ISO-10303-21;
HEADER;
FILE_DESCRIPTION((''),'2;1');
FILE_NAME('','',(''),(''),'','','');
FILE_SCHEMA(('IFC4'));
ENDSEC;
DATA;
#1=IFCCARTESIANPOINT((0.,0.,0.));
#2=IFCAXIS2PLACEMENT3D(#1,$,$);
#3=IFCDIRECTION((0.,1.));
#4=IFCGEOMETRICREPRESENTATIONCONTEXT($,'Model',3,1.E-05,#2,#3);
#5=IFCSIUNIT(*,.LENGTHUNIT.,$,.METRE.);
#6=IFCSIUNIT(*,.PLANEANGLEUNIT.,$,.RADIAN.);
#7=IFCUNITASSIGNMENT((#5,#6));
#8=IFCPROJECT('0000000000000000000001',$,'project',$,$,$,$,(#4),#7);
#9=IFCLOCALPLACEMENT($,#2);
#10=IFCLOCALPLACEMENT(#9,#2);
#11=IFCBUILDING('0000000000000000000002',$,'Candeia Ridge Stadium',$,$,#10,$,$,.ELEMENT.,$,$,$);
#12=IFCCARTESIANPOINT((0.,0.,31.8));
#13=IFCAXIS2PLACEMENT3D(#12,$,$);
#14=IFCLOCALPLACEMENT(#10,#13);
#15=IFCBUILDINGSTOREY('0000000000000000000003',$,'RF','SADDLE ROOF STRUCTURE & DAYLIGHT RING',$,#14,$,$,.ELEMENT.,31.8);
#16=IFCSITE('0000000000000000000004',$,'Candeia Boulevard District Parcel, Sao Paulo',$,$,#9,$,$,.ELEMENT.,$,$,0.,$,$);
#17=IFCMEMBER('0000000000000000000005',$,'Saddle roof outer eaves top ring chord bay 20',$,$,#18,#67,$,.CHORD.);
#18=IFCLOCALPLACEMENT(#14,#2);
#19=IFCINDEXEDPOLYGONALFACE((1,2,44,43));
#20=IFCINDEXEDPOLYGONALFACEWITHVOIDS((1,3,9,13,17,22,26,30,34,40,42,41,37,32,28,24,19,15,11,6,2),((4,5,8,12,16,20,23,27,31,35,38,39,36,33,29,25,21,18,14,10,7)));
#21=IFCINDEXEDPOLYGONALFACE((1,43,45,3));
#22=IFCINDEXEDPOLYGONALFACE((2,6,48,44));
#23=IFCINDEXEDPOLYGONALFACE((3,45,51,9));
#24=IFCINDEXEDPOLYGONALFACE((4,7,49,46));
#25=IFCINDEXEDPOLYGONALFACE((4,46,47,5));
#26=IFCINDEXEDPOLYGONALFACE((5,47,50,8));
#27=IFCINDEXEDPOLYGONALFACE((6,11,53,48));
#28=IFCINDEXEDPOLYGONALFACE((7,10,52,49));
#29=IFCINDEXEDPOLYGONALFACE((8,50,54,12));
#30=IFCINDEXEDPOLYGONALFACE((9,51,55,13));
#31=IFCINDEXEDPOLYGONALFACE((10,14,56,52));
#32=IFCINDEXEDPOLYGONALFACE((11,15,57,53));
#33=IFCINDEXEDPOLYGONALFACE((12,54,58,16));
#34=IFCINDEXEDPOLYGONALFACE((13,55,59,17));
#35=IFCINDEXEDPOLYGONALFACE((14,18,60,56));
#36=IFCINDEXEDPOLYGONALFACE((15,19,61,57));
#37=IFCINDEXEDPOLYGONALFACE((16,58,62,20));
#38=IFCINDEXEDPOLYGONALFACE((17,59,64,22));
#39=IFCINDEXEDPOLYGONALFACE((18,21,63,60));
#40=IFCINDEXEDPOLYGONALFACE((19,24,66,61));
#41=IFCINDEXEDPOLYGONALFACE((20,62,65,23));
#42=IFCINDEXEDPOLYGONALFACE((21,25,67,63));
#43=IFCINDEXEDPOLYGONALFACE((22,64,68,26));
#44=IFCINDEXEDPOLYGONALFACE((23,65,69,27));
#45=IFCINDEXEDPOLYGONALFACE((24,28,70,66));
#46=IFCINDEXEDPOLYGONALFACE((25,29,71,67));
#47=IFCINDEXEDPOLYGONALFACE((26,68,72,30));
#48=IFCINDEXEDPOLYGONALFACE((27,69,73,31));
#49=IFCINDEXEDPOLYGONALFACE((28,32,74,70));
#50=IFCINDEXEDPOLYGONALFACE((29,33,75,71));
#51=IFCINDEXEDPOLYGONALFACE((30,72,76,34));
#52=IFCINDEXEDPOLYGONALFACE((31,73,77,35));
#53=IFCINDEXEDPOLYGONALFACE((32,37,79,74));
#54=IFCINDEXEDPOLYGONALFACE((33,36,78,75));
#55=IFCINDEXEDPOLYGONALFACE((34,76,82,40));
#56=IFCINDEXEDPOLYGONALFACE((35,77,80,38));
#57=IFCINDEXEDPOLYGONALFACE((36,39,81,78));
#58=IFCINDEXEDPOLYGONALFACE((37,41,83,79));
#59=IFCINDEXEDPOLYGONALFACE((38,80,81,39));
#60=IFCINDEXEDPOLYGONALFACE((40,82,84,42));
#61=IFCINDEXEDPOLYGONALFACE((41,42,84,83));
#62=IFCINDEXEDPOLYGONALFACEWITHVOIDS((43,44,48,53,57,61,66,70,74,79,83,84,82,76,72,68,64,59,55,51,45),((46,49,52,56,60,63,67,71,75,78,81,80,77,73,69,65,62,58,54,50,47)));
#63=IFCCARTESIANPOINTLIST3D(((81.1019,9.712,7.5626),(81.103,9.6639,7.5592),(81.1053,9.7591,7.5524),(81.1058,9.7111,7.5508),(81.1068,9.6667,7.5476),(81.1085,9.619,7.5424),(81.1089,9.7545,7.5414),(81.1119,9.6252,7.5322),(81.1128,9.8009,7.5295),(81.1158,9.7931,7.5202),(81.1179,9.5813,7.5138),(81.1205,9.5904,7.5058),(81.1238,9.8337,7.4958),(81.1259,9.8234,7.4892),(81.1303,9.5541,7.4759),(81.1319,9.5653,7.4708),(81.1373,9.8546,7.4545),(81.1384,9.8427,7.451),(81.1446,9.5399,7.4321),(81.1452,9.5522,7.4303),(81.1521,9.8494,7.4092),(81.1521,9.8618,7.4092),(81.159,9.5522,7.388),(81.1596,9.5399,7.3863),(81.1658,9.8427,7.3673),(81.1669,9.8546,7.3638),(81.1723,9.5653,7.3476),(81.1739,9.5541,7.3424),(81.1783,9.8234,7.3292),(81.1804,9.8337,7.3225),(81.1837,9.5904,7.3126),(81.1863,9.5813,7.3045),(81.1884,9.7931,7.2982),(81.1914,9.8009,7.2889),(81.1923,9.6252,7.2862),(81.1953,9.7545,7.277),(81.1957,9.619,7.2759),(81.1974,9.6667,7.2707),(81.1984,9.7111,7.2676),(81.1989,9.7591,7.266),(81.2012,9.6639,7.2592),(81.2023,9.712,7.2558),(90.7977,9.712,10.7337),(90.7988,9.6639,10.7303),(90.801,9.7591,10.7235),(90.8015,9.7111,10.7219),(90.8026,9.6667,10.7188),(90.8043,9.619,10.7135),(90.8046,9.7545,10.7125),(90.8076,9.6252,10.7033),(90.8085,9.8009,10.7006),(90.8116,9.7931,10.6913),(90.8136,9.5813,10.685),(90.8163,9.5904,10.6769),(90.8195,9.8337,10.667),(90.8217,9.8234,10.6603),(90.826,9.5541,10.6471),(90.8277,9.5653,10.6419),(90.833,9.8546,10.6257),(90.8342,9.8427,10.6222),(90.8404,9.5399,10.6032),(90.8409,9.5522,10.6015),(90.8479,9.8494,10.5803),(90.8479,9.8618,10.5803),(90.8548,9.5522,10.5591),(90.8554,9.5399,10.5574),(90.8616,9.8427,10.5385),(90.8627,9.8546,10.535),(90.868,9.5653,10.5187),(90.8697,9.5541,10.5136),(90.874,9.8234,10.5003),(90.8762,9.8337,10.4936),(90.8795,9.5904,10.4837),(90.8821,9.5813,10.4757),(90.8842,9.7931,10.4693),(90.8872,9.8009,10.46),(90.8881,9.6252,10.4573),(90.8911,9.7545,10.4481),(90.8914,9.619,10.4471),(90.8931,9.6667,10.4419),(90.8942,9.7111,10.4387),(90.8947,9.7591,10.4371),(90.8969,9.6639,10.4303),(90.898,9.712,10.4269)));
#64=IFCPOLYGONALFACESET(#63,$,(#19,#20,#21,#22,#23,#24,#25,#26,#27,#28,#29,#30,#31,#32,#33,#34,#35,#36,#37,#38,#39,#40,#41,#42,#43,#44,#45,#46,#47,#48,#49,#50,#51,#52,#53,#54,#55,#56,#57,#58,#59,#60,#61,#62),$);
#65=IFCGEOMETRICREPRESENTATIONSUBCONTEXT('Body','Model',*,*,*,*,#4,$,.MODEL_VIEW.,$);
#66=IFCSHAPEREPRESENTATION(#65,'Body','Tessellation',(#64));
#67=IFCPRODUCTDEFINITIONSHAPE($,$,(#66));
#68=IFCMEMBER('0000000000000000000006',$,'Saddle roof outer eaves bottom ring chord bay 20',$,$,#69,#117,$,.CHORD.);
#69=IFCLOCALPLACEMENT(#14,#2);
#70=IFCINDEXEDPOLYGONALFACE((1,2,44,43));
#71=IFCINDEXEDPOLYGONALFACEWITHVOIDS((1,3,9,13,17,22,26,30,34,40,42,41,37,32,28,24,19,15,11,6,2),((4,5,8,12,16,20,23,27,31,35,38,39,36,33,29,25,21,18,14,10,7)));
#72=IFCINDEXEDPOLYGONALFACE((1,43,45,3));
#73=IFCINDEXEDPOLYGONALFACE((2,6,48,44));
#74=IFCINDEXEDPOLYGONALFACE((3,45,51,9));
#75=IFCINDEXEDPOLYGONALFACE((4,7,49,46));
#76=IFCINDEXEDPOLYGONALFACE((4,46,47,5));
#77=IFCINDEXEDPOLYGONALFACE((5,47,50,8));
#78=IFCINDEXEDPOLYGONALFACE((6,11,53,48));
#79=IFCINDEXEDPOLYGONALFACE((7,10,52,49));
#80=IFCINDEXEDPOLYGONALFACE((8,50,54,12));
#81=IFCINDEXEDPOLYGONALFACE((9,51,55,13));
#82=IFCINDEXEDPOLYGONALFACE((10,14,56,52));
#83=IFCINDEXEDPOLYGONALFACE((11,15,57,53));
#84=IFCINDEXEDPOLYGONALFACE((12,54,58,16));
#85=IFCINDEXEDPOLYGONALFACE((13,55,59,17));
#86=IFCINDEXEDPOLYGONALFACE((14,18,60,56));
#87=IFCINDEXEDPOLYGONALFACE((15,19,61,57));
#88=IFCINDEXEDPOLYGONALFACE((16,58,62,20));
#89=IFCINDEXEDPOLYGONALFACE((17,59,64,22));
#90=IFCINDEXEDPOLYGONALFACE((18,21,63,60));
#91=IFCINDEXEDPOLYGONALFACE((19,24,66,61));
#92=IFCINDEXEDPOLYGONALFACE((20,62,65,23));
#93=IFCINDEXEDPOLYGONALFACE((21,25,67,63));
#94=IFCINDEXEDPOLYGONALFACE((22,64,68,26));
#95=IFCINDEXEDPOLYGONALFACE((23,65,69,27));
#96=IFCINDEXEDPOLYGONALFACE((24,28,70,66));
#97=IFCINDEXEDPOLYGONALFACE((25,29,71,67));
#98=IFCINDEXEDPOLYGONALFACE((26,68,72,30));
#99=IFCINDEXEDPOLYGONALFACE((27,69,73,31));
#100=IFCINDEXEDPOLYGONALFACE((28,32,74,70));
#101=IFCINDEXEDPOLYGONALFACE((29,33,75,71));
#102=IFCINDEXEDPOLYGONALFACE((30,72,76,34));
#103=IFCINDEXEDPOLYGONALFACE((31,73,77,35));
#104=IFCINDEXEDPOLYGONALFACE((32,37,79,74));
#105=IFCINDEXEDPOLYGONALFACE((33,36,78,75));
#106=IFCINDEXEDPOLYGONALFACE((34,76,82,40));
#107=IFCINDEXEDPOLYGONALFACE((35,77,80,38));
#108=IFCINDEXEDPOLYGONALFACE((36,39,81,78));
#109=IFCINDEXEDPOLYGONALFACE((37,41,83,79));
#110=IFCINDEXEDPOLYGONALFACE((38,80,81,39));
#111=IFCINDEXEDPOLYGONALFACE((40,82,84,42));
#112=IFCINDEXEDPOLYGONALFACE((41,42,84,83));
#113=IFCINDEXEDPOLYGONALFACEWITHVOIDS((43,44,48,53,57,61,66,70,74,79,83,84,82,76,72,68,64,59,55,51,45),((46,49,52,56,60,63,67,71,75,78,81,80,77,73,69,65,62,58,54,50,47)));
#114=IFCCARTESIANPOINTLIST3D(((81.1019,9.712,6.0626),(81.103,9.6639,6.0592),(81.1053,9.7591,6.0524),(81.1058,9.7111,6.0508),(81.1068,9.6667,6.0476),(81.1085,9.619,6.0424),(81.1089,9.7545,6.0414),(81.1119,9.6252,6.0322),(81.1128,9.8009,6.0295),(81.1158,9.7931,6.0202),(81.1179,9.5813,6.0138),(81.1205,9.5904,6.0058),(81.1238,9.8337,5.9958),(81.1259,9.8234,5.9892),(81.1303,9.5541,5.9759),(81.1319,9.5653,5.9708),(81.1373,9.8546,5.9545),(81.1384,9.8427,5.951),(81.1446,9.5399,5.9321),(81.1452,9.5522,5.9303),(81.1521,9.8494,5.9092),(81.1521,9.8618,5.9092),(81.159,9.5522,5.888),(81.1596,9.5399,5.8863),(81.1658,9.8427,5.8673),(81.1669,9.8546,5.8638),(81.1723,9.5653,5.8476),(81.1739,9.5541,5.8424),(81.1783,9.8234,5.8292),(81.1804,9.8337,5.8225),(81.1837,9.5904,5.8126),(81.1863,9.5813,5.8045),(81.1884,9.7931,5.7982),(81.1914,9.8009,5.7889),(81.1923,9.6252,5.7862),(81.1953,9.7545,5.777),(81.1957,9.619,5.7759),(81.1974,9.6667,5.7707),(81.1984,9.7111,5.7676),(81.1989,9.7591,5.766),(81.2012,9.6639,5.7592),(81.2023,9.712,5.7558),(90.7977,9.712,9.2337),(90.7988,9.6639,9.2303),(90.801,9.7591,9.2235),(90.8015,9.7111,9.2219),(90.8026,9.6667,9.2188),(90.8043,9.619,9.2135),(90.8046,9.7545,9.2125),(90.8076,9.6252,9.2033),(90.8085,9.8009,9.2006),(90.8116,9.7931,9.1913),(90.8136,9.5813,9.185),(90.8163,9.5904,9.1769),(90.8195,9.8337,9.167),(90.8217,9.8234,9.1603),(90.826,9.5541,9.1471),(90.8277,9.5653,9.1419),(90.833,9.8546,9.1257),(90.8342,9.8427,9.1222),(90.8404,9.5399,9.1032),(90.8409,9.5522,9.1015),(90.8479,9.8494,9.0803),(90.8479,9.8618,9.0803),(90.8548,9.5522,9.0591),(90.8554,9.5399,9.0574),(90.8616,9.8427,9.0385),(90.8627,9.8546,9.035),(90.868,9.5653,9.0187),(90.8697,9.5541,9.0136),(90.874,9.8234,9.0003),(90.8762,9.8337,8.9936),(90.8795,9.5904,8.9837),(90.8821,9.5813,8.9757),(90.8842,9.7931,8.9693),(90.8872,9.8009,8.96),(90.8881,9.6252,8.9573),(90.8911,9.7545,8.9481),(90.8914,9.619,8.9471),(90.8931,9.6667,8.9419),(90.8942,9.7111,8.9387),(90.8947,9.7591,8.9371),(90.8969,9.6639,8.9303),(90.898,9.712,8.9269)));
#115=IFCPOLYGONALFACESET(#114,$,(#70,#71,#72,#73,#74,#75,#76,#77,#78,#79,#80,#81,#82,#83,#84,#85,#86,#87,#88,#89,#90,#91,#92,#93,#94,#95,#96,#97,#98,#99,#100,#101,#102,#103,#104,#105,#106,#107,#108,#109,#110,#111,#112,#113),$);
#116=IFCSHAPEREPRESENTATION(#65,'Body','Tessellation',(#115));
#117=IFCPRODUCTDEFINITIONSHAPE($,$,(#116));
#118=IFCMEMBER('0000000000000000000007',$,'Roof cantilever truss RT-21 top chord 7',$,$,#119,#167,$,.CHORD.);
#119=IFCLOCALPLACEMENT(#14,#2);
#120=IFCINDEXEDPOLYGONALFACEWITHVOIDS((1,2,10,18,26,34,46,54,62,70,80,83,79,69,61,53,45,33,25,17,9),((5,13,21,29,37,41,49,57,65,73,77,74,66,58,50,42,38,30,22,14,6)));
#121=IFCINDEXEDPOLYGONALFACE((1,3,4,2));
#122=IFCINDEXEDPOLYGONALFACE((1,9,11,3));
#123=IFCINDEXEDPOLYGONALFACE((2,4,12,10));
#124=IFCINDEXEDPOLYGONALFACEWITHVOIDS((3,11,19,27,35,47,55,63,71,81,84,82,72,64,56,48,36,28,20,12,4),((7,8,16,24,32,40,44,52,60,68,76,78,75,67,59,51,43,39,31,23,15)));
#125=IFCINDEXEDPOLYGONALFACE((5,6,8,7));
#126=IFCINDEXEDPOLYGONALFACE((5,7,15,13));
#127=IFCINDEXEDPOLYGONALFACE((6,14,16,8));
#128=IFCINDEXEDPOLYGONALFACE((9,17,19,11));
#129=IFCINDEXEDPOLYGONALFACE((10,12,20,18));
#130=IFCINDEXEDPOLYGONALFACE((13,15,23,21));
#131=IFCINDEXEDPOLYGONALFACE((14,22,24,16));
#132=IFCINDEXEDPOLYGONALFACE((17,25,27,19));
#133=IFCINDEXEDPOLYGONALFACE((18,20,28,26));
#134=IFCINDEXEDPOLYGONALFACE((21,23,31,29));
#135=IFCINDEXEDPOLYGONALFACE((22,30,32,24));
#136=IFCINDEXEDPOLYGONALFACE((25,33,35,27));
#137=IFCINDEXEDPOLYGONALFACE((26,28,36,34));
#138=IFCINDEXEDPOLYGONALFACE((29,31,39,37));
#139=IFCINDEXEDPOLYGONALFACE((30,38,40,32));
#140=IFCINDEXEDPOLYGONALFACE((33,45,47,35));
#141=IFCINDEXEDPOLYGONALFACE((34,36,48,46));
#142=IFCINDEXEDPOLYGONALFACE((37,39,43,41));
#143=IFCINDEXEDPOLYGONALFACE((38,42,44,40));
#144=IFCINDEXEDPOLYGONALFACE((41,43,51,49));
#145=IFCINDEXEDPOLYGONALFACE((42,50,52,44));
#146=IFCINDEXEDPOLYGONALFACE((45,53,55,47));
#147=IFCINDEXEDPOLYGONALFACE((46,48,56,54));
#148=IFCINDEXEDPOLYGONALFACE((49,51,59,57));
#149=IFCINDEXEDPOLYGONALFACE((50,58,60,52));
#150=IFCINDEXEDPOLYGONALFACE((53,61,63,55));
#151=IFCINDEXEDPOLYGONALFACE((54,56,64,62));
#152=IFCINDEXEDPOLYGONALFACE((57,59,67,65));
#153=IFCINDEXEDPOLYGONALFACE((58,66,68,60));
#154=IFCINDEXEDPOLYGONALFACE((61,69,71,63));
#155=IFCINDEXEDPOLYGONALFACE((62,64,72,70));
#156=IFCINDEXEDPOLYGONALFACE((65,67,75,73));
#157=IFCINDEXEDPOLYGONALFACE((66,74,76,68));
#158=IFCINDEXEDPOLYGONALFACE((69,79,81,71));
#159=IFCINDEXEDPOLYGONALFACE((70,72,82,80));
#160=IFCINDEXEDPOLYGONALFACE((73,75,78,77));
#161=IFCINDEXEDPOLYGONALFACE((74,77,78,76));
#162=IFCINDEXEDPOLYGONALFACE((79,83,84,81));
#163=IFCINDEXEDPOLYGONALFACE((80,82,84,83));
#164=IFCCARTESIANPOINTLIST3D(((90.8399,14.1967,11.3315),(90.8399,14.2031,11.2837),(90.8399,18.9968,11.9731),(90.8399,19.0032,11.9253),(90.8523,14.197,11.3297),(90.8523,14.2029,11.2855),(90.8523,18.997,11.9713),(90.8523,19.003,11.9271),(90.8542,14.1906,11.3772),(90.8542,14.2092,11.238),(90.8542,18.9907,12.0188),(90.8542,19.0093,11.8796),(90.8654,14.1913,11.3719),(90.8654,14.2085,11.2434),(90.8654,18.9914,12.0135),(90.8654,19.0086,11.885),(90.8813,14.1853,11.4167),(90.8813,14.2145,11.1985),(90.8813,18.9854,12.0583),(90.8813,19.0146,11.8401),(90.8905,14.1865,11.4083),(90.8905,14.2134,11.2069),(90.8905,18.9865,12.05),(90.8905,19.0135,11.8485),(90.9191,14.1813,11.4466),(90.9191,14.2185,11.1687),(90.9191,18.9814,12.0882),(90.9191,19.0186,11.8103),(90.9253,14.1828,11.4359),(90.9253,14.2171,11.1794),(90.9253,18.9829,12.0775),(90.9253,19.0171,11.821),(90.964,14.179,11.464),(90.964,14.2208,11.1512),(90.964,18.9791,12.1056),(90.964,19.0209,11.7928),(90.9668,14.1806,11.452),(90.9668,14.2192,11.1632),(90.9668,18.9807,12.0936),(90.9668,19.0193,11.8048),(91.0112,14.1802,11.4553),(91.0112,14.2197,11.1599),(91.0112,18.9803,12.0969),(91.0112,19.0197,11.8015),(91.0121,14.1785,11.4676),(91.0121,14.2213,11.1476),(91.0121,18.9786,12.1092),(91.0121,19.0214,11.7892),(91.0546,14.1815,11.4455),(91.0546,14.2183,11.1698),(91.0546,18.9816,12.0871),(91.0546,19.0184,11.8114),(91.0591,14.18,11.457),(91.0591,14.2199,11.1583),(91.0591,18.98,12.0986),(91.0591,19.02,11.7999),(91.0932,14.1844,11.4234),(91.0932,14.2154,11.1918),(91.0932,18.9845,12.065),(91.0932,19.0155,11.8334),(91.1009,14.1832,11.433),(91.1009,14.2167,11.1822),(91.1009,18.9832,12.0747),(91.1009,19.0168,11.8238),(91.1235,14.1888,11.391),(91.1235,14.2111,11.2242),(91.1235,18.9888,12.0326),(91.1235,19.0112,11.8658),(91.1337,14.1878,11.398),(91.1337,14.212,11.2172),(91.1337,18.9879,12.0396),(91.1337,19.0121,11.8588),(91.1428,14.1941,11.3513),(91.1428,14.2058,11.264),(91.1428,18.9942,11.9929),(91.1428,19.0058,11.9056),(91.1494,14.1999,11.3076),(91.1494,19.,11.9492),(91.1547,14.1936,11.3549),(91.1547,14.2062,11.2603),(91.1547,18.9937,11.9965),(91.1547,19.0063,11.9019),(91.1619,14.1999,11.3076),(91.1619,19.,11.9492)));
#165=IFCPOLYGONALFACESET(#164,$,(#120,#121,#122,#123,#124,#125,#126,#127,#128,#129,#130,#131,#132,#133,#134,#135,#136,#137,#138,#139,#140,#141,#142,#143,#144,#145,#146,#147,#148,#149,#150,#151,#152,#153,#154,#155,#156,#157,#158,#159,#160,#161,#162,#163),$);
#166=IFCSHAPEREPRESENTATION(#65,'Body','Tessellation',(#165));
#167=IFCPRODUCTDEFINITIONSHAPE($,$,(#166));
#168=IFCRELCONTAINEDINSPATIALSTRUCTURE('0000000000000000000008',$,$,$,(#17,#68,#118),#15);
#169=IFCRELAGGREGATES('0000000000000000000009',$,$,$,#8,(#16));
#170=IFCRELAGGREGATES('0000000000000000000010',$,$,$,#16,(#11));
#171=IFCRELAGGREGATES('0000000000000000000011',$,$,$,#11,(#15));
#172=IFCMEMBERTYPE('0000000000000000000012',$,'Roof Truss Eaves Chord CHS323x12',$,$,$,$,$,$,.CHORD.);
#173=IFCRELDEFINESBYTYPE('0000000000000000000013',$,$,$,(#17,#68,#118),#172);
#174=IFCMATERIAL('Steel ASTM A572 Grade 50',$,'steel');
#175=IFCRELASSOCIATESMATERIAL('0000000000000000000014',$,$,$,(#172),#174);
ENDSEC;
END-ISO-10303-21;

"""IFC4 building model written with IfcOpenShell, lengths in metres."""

from ifc_helpers import new_model, si_unit, direction, frame, origin, origin_2d, place, context, subcontext, project, spatial, hollow_circle, extrude, material, material_profile, profile_set, type_object, element, save


model = new_model("IFC4")

# Units and contexts
model_context = context("Model", 3, precision=1e-05, world=origin(), true_north=direction((0.0, 1.0)))
body_context = subcontext(model_context, "Body", "Model", "MODEL_VIEW")
ifc_project = project(units=[si_unit("LENGTHUNIT", "METRE"), si_unit("PLANEANGLEUNIT", "RADIAN")], contexts=[model_context])

# Site, building, storey
site_placement = place(None, origin())
site = spatial("IfcSite", under=ifc_project, at=site_placement, Name="Candeia Boulevard District Parcel, Sao Paulo", CompositionType="ELEMENT", RefElevation=0.0)
building_placement = place(site_placement, origin())
building = spatial("IfcBuilding", under=site, at=building_placement, Name="Candeia Ridge Stadium", CompositionType="ELEMENT")
storey_placement = place(building_placement, frame((0.0, 0.0, 31.8)))
storey = spatial("IfcBuildingStorey", under=building, at=storey_placement, Name="RF", Description="SADDLE ROOF STRUCTURE & DAYLIGHT RING", CompositionType="ELEMENT", Elevation=31.8)

# Shared definitions
ifc_material_1 = material(Name="Steel ASTM A572 Grade 50", Category="steel")

# Members
ifc_material_profile_1 = material_profile(ifc_material_1, hollow_circle(Radius=0.1619, WallThickness=0.0125, at=origin_2d()), Name="CHS323x12", Category="steel")
ifc_profile_set_1 = profile_set([ifc_material_profile_1], Name="Steel ASTM A572 Grade 50")
member_type_1 = type_object("IfcMemberType", Name="Roof Truss Eaves Chord CHS323x12", PredefinedType="CHORD", material=ifc_profile_set_1)
for number, where, z_axis, x_axis, name in (
    (1, (81.1521, 9.7, 7.4092), (0.950456, 0.0, 0.310859), (0.0, 1.0, 0.0), "Saddle roof outer eaves top ring chord bay 20"),
    (2, (81.1521, 9.7, 5.9092), (0.950456, 0.0, 0.310859), (0.0, 1.0, 0.0), "Saddle roof outer eaves bottom ring chord bay 20"),
):
    element("IfcMember", number, at=place(storey_placement, frame(where, z_axis=z_axis, x_axis=x_axis)), inside=storey, type_object=member_type_1, Name=name, PredefinedType="CHORD", context=body_context, shape_type="SweptSolid", body=[
        extrude(hollow_circle(Radius=0.1619, WallThickness=0.0125, at=origin_2d()), origin(), (0.0, 0.0, 1.0), 10.2012),
    ])
member_1_placement = place(storey_placement, frame((91.0, 19.0, 11.9492), z_axis=(0.0, -0.991185, -0.132487), x_axis=(1.0, 0.0, 0.0)))
element("IfcMember", 3, at=member_1_placement, inside=storey, type_object=member_type_1, Name="Roof cantilever truss RT-21 top chord 7", PredefinedType="CHORD", context=body_context, shape_type="SweptSolid", body=[
    extrude(hollow_circle(Radius=0.1619, WallThickness=0.0125, at=origin_2d()), origin(), (0.0, 0.0, 1.0), 4.8428),
])

save(model, "model.ifc")
